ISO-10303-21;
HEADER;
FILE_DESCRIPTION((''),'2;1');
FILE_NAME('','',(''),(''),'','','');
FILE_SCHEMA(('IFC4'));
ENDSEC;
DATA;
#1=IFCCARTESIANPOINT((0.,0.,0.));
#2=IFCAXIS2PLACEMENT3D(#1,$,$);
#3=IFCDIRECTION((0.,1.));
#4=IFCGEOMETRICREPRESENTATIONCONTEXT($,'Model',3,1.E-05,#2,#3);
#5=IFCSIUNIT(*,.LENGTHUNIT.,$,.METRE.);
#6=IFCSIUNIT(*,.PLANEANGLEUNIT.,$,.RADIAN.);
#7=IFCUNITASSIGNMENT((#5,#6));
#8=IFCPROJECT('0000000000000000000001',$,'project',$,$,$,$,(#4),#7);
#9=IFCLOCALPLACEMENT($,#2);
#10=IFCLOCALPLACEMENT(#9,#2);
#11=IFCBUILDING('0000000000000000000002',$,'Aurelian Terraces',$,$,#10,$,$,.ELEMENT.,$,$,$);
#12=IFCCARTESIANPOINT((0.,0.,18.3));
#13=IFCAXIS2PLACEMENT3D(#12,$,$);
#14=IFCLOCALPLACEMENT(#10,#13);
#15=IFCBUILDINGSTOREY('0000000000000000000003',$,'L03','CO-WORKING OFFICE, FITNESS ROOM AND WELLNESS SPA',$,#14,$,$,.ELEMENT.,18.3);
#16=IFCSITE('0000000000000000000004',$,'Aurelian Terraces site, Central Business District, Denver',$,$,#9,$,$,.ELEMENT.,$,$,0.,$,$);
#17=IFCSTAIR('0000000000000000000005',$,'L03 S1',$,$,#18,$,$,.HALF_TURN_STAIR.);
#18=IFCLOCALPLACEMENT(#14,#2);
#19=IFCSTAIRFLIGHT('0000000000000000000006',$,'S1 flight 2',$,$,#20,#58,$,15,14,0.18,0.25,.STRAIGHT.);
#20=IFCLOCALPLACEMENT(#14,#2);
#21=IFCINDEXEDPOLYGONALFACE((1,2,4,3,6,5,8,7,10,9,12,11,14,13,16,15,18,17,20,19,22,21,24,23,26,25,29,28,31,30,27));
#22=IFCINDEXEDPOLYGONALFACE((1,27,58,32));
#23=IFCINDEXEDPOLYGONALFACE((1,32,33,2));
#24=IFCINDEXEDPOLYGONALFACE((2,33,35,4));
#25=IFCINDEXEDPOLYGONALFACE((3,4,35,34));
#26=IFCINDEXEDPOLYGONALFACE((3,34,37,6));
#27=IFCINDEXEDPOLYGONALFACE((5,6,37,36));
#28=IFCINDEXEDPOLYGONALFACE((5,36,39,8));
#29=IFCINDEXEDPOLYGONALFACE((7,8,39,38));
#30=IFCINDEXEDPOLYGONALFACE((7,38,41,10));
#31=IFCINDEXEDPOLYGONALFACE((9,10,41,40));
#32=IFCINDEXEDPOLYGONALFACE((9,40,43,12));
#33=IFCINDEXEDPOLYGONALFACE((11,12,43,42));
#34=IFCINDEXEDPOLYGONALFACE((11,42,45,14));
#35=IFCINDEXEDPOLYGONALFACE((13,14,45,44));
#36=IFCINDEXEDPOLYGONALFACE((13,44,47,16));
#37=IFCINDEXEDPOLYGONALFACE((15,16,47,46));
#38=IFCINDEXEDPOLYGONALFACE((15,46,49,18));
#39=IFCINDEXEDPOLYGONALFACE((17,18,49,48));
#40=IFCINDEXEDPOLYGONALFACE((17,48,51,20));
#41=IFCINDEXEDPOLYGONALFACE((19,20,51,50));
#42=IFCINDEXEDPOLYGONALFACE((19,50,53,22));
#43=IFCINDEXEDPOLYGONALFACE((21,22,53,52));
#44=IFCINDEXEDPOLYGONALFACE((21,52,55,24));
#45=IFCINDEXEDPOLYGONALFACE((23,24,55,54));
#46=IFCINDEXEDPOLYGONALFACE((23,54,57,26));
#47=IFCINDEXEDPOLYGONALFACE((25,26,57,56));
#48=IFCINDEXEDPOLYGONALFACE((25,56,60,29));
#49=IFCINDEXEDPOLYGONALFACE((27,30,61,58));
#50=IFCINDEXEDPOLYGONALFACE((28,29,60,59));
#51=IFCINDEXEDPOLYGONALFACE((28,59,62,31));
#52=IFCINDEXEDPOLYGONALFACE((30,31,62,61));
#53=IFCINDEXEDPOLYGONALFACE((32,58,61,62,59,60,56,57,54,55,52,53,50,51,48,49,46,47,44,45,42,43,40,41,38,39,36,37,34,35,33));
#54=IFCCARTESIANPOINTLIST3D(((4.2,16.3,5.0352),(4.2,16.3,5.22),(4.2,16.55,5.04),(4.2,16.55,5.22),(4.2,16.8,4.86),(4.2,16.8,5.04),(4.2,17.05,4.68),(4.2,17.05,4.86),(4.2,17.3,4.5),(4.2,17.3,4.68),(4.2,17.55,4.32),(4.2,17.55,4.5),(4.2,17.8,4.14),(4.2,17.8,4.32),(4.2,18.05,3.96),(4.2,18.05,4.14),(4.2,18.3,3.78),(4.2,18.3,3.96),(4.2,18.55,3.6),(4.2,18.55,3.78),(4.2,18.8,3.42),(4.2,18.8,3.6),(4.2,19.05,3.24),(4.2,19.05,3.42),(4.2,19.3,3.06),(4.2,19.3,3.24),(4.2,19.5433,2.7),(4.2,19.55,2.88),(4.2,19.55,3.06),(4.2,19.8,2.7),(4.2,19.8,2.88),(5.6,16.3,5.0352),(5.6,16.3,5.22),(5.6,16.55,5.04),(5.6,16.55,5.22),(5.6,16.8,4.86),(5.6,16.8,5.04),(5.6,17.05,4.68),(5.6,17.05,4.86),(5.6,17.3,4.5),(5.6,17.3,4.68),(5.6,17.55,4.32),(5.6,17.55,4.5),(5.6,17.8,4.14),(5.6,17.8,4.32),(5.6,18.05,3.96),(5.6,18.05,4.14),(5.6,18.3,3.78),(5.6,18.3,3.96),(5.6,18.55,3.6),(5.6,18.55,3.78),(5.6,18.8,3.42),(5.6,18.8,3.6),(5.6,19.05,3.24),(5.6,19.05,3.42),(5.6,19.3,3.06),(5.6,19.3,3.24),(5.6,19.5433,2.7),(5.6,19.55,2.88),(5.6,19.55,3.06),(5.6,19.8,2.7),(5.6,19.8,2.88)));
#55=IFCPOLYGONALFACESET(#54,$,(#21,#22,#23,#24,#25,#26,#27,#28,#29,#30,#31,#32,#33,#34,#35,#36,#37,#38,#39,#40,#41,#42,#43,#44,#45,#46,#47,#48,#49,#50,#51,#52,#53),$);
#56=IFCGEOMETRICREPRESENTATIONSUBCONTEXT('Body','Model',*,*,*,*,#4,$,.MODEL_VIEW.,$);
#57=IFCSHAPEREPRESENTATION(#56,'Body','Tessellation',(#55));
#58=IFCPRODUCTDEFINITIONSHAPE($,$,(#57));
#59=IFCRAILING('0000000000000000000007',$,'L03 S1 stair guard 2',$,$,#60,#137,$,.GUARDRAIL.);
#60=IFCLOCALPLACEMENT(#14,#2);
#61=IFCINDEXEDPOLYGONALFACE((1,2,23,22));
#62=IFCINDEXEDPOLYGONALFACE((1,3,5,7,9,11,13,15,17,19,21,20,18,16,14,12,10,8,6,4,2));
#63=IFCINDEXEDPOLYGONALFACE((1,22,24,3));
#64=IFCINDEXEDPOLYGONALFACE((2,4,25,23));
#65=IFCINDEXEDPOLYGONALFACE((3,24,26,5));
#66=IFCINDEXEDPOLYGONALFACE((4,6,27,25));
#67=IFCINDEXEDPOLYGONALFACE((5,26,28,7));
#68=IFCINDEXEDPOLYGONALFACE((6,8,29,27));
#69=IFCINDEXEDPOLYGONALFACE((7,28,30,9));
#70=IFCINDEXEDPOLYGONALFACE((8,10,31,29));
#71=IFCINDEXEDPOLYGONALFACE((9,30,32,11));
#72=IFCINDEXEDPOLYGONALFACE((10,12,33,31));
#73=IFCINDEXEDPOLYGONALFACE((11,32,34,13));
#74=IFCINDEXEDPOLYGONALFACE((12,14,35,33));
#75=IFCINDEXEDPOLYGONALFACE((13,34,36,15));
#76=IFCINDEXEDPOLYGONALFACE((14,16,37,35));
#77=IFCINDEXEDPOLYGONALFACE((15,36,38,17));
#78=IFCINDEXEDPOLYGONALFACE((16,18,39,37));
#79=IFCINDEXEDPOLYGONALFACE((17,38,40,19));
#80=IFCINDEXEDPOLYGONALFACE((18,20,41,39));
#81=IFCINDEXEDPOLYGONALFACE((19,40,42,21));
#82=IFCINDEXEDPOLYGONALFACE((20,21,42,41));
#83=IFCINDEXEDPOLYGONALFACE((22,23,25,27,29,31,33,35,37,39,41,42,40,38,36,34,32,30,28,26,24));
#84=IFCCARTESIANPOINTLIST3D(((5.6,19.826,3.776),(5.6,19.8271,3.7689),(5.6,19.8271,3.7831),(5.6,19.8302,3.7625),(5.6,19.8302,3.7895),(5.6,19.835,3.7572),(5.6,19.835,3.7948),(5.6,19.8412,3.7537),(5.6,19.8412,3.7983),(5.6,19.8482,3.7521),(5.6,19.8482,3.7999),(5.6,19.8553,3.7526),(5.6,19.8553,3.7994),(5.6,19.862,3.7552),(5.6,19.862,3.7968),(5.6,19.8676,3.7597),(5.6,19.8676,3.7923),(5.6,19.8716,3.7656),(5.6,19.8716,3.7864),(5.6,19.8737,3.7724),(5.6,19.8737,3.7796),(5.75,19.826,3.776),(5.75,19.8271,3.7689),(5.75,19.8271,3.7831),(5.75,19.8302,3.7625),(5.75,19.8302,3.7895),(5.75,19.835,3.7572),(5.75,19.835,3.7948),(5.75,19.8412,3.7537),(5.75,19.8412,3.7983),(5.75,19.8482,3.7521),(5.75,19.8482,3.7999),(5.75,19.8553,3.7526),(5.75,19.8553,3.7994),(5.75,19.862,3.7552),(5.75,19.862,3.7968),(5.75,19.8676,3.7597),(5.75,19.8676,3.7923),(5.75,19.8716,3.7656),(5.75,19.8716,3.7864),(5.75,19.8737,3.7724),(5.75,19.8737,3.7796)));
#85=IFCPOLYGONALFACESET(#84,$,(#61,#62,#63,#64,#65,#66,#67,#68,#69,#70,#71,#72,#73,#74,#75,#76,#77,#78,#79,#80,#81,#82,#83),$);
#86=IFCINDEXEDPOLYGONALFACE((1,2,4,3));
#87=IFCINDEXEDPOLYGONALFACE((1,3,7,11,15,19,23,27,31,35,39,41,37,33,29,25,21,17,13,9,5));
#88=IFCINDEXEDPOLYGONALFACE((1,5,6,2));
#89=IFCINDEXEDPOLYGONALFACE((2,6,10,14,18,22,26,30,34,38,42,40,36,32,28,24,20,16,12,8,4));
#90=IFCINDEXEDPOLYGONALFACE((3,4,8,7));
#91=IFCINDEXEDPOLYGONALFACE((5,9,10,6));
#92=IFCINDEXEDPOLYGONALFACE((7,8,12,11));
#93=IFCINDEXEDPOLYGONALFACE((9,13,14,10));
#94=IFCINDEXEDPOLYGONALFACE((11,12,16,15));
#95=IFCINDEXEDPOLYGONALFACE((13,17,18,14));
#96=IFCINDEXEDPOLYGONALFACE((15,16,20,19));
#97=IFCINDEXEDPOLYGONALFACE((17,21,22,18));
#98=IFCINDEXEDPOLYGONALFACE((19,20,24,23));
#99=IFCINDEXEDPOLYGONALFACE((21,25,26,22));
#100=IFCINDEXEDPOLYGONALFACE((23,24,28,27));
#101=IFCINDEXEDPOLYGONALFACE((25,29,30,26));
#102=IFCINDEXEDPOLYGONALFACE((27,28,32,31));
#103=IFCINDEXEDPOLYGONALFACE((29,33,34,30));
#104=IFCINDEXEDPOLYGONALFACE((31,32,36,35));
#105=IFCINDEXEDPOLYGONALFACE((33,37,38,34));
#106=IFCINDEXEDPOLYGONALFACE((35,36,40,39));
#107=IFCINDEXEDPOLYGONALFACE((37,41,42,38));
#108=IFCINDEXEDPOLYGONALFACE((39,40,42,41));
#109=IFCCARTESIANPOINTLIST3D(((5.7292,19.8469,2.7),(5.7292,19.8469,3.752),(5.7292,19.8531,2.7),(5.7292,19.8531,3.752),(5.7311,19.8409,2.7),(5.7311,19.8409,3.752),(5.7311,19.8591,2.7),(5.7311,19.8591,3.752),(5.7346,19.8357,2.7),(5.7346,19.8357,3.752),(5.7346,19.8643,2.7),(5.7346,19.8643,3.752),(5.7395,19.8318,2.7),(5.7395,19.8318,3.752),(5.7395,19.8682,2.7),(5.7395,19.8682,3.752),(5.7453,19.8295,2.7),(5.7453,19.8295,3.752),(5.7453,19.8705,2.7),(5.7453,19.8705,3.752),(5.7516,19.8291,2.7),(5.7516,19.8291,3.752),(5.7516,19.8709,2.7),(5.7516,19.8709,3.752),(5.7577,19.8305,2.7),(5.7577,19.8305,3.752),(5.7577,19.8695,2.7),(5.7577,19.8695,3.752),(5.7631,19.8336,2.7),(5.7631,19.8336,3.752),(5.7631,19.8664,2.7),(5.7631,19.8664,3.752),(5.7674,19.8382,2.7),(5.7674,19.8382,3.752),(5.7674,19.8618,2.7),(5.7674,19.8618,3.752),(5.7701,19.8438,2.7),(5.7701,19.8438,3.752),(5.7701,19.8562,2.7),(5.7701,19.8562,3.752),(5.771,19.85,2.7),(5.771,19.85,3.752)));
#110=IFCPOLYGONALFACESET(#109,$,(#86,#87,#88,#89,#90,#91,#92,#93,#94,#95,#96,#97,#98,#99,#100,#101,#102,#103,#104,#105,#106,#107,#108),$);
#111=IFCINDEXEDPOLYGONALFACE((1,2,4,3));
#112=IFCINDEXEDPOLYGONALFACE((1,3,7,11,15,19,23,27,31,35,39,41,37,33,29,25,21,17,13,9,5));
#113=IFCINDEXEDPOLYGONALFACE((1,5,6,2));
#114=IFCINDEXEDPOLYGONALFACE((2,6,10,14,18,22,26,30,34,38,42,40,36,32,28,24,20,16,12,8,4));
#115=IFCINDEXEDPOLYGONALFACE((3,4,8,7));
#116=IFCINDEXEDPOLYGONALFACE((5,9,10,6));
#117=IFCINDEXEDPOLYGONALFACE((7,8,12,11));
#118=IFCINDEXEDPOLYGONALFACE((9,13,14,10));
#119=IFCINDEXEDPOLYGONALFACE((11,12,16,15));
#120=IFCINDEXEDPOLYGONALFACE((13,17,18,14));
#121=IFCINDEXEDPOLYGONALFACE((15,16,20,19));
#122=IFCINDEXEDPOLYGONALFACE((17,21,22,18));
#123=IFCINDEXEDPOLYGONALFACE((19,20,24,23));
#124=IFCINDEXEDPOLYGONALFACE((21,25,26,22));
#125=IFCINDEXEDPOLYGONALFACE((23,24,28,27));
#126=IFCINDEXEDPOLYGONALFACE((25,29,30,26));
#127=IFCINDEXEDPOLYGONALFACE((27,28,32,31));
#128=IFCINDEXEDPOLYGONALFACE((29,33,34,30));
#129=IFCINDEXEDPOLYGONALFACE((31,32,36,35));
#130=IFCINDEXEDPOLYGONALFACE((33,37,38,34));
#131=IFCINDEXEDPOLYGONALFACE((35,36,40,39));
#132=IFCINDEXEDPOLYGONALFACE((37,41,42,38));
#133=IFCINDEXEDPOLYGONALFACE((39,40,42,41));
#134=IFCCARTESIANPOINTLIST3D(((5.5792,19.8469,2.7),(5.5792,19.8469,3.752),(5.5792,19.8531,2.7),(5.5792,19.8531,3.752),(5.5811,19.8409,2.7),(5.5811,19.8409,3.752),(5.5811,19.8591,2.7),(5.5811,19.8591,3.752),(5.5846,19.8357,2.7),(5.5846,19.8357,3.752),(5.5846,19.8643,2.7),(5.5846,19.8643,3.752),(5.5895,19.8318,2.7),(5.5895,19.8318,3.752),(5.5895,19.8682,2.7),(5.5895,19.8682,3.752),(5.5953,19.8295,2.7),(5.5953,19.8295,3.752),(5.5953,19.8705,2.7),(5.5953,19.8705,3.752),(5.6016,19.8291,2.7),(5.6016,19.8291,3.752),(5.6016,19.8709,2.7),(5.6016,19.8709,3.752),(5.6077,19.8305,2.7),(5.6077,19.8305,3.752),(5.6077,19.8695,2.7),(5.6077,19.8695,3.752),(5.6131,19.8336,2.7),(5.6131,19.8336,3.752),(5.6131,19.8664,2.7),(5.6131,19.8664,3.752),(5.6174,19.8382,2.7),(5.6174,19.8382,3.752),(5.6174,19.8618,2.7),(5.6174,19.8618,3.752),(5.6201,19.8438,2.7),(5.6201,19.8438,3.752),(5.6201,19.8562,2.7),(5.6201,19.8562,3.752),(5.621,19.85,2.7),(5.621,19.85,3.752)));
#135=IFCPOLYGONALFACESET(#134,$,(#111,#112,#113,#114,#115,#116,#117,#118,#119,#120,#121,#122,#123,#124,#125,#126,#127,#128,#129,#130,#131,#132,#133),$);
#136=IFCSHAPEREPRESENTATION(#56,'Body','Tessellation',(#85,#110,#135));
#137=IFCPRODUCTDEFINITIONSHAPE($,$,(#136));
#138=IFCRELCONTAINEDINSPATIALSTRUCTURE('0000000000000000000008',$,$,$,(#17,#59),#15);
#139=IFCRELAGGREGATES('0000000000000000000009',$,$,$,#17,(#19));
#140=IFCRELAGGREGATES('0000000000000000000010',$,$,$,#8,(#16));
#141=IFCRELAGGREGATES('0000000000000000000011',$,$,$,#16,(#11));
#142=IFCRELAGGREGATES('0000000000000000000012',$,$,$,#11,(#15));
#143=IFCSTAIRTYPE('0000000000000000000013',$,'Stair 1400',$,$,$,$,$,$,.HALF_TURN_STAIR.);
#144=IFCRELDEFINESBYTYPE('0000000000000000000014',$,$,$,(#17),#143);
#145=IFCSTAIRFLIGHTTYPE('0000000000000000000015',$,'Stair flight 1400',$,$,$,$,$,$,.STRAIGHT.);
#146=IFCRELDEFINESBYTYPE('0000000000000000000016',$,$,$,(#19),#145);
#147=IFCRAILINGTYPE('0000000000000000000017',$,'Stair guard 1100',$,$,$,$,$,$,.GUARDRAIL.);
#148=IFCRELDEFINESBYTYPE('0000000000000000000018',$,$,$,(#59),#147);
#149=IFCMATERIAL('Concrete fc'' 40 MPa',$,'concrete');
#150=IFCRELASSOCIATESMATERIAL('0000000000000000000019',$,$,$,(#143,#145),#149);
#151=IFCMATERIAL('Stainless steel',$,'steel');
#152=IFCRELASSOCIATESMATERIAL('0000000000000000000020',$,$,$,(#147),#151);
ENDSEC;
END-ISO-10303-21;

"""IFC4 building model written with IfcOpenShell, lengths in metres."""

from ifc_helpers import new_model, si_unit, direction, frame, origin, origin_2d, place, context, subcontext, project, spatial, polyline, circle, outline, extrude, source, transform, mapped, material, type_object, element, aggregate, save


model = new_model("IFC4")

# Units and contexts
model_context = context("Model", 3, precision=1e-05, world=origin(), true_north=direction((0.0, 1.0)))
body_context = subcontext(model_context, "Body", "Model", "MODEL_VIEW")
ifc_project = project(units=[si_unit("LENGTHUNIT", "METRE"), si_unit("PLANEANGLEUNIT", "RADIAN")], contexts=[model_context])

# Site, building, storey
site_placement = place(None, origin())
site = spatial("IfcSite", under=ifc_project, at=site_placement, Name="Aurelian Terraces site, Central Business District, Denver", CompositionType="ELEMENT", RefElevation=0.0)
building_placement = place(site_placement, origin())
building = spatial("IfcBuilding", under=site, at=building_placement, Name="Aurelian Terraces", CompositionType="ELEMENT")
storey_placement = place(building_placement, frame((0.0, 0.0, 18.3)))
storey = spatial("IfcBuildingStorey", under=building, at=storey_placement, Name="L03", Description="CO-WORKING OFFICE, FITNESS ROOM AND WELLNESS SPA", CompositionType="ELEMENT", Elevation=18.3)

# Shared definitions
ifc_material_1 = material(Name="Concrete fc' 40 MPa", Category="concrete")

# Stair, stair flight
stair_type = type_object("IfcStairType", Name="Stair 1400", PredefinedType="HALF_TURN_STAIR", material=ifc_material_1)
stair_placement = place(storey_placement, origin())
stair = element("IfcStair", 1, at=stair_placement, inside=storey, type_object=stair_type, Name="L03 S1", PredefinedType="HALF_TURN_STAIR")
stair_flight_type = type_object("IfcStairFlightType", Name="Stair flight 1400", PredefinedType="STRAIGHT", material=ifc_material_1)
shared_shape_1 = source(origin(), body_context, "Body", "SweptSolid", [
    extrude(outline(polyline([(0.0, 0.0), (0.0, 0.18), (0.25, 0.18), (0.25, 0.36), (0.5, 0.36), (0.5, 0.54), (0.75, 0.54), (0.75, 0.72), (1.0, 0.72), (1.0, 0.9), (1.25, 0.9), (1.25, 1.08), (1.5, 1.08), (1.5, 1.26), (1.75, 1.26), (1.75, 1.44), (2.0, 1.44), (2.0, 1.62), (2.25, 1.62), (2.25, 1.8), (2.5, 1.8), (2.5, 1.98), (2.75, 1.98), (2.75, 2.16), (3.0, 2.16), (3.0, 2.34), (3.25, 2.34), (3.25, 2.52), (3.5, 2.52), (3.5, 2.7), (3.5, 2.3352), (0.2567, 0.0), (0.0, 0.0)])), frame((0.0, 0.7, 0.0), z_axis=(0.0, -1.0, 0.0), x_axis=(1.0, 0.0, 0.0)), (0.0, 0.0, 1.0), 1.4),
])
stair_flight_1_placement = place(storey_placement, frame((4.9, 19.8, 2.7), z_axis=(0.0, 0.0, 1.0), x_axis=(0.0, -1.0, 0.0)))
stair_flight_1 = element("IfcStairFlight", 2, at=stair_flight_1_placement, type_object=stair_flight_type, Name="S1 flight 2", NumberOfRisers=15, NumberOfTreads=14, PredefinedType="STRAIGHT", RiserHeight=0.18, TreadLength=0.25, context=body_context, shape_type="MappedRepresentation", body=[
    mapped(shared_shape_1, transform((0.0, 0.0, 0.0), scale=1.0)),
])
aggregate(stair, [stair_flight_1])

# Railing
ifc_material_2 = material(Name="Stainless steel", Category="steel")
railing_type_1 = type_object("IfcRailingType", Name="Stair guard 1100", PredefinedType="GUARDRAIL", material=ifc_material_2)
shared_shape_2 = source(origin(), body_context, "Body", "SweptSolid", [
    extrude(circle(Radius=0.024, at=origin_2d()), frame((0.0, 0.0, 1.076), z_axis=(-1.0, 0.0, 0.0), x_axis=(0.0, -1.0, 0.0)), (0.0, 0.0, 1.0), 0.15),
    extrude(circle(Radius=0.021, at=origin_2d()), origin(), (0.0, 0.0, 1.0), 1.052),
    extrude(circle(Radius=0.021, at=origin_2d()), frame((-0.15, 0.0, 0.0)), (0.0, 0.0, 1.0), 1.052),
])
for number, where, name in (
    (3, (5.75, 19.85, 2.7), "L03 S1 stair guard 2"),
):
    element("IfcRailing", number, at=place(storey_placement, frame(where)), inside=storey, type_object=railing_type_1, Name=name, PredefinedType="GUARDRAIL", context=body_context, shape_type="MappedRepresentation", body=[
        mapped(shared_shape_2, transform((0.0, 0.0, 0.0), scale=1.0)),
    ])

save(model, "model.ifc")
